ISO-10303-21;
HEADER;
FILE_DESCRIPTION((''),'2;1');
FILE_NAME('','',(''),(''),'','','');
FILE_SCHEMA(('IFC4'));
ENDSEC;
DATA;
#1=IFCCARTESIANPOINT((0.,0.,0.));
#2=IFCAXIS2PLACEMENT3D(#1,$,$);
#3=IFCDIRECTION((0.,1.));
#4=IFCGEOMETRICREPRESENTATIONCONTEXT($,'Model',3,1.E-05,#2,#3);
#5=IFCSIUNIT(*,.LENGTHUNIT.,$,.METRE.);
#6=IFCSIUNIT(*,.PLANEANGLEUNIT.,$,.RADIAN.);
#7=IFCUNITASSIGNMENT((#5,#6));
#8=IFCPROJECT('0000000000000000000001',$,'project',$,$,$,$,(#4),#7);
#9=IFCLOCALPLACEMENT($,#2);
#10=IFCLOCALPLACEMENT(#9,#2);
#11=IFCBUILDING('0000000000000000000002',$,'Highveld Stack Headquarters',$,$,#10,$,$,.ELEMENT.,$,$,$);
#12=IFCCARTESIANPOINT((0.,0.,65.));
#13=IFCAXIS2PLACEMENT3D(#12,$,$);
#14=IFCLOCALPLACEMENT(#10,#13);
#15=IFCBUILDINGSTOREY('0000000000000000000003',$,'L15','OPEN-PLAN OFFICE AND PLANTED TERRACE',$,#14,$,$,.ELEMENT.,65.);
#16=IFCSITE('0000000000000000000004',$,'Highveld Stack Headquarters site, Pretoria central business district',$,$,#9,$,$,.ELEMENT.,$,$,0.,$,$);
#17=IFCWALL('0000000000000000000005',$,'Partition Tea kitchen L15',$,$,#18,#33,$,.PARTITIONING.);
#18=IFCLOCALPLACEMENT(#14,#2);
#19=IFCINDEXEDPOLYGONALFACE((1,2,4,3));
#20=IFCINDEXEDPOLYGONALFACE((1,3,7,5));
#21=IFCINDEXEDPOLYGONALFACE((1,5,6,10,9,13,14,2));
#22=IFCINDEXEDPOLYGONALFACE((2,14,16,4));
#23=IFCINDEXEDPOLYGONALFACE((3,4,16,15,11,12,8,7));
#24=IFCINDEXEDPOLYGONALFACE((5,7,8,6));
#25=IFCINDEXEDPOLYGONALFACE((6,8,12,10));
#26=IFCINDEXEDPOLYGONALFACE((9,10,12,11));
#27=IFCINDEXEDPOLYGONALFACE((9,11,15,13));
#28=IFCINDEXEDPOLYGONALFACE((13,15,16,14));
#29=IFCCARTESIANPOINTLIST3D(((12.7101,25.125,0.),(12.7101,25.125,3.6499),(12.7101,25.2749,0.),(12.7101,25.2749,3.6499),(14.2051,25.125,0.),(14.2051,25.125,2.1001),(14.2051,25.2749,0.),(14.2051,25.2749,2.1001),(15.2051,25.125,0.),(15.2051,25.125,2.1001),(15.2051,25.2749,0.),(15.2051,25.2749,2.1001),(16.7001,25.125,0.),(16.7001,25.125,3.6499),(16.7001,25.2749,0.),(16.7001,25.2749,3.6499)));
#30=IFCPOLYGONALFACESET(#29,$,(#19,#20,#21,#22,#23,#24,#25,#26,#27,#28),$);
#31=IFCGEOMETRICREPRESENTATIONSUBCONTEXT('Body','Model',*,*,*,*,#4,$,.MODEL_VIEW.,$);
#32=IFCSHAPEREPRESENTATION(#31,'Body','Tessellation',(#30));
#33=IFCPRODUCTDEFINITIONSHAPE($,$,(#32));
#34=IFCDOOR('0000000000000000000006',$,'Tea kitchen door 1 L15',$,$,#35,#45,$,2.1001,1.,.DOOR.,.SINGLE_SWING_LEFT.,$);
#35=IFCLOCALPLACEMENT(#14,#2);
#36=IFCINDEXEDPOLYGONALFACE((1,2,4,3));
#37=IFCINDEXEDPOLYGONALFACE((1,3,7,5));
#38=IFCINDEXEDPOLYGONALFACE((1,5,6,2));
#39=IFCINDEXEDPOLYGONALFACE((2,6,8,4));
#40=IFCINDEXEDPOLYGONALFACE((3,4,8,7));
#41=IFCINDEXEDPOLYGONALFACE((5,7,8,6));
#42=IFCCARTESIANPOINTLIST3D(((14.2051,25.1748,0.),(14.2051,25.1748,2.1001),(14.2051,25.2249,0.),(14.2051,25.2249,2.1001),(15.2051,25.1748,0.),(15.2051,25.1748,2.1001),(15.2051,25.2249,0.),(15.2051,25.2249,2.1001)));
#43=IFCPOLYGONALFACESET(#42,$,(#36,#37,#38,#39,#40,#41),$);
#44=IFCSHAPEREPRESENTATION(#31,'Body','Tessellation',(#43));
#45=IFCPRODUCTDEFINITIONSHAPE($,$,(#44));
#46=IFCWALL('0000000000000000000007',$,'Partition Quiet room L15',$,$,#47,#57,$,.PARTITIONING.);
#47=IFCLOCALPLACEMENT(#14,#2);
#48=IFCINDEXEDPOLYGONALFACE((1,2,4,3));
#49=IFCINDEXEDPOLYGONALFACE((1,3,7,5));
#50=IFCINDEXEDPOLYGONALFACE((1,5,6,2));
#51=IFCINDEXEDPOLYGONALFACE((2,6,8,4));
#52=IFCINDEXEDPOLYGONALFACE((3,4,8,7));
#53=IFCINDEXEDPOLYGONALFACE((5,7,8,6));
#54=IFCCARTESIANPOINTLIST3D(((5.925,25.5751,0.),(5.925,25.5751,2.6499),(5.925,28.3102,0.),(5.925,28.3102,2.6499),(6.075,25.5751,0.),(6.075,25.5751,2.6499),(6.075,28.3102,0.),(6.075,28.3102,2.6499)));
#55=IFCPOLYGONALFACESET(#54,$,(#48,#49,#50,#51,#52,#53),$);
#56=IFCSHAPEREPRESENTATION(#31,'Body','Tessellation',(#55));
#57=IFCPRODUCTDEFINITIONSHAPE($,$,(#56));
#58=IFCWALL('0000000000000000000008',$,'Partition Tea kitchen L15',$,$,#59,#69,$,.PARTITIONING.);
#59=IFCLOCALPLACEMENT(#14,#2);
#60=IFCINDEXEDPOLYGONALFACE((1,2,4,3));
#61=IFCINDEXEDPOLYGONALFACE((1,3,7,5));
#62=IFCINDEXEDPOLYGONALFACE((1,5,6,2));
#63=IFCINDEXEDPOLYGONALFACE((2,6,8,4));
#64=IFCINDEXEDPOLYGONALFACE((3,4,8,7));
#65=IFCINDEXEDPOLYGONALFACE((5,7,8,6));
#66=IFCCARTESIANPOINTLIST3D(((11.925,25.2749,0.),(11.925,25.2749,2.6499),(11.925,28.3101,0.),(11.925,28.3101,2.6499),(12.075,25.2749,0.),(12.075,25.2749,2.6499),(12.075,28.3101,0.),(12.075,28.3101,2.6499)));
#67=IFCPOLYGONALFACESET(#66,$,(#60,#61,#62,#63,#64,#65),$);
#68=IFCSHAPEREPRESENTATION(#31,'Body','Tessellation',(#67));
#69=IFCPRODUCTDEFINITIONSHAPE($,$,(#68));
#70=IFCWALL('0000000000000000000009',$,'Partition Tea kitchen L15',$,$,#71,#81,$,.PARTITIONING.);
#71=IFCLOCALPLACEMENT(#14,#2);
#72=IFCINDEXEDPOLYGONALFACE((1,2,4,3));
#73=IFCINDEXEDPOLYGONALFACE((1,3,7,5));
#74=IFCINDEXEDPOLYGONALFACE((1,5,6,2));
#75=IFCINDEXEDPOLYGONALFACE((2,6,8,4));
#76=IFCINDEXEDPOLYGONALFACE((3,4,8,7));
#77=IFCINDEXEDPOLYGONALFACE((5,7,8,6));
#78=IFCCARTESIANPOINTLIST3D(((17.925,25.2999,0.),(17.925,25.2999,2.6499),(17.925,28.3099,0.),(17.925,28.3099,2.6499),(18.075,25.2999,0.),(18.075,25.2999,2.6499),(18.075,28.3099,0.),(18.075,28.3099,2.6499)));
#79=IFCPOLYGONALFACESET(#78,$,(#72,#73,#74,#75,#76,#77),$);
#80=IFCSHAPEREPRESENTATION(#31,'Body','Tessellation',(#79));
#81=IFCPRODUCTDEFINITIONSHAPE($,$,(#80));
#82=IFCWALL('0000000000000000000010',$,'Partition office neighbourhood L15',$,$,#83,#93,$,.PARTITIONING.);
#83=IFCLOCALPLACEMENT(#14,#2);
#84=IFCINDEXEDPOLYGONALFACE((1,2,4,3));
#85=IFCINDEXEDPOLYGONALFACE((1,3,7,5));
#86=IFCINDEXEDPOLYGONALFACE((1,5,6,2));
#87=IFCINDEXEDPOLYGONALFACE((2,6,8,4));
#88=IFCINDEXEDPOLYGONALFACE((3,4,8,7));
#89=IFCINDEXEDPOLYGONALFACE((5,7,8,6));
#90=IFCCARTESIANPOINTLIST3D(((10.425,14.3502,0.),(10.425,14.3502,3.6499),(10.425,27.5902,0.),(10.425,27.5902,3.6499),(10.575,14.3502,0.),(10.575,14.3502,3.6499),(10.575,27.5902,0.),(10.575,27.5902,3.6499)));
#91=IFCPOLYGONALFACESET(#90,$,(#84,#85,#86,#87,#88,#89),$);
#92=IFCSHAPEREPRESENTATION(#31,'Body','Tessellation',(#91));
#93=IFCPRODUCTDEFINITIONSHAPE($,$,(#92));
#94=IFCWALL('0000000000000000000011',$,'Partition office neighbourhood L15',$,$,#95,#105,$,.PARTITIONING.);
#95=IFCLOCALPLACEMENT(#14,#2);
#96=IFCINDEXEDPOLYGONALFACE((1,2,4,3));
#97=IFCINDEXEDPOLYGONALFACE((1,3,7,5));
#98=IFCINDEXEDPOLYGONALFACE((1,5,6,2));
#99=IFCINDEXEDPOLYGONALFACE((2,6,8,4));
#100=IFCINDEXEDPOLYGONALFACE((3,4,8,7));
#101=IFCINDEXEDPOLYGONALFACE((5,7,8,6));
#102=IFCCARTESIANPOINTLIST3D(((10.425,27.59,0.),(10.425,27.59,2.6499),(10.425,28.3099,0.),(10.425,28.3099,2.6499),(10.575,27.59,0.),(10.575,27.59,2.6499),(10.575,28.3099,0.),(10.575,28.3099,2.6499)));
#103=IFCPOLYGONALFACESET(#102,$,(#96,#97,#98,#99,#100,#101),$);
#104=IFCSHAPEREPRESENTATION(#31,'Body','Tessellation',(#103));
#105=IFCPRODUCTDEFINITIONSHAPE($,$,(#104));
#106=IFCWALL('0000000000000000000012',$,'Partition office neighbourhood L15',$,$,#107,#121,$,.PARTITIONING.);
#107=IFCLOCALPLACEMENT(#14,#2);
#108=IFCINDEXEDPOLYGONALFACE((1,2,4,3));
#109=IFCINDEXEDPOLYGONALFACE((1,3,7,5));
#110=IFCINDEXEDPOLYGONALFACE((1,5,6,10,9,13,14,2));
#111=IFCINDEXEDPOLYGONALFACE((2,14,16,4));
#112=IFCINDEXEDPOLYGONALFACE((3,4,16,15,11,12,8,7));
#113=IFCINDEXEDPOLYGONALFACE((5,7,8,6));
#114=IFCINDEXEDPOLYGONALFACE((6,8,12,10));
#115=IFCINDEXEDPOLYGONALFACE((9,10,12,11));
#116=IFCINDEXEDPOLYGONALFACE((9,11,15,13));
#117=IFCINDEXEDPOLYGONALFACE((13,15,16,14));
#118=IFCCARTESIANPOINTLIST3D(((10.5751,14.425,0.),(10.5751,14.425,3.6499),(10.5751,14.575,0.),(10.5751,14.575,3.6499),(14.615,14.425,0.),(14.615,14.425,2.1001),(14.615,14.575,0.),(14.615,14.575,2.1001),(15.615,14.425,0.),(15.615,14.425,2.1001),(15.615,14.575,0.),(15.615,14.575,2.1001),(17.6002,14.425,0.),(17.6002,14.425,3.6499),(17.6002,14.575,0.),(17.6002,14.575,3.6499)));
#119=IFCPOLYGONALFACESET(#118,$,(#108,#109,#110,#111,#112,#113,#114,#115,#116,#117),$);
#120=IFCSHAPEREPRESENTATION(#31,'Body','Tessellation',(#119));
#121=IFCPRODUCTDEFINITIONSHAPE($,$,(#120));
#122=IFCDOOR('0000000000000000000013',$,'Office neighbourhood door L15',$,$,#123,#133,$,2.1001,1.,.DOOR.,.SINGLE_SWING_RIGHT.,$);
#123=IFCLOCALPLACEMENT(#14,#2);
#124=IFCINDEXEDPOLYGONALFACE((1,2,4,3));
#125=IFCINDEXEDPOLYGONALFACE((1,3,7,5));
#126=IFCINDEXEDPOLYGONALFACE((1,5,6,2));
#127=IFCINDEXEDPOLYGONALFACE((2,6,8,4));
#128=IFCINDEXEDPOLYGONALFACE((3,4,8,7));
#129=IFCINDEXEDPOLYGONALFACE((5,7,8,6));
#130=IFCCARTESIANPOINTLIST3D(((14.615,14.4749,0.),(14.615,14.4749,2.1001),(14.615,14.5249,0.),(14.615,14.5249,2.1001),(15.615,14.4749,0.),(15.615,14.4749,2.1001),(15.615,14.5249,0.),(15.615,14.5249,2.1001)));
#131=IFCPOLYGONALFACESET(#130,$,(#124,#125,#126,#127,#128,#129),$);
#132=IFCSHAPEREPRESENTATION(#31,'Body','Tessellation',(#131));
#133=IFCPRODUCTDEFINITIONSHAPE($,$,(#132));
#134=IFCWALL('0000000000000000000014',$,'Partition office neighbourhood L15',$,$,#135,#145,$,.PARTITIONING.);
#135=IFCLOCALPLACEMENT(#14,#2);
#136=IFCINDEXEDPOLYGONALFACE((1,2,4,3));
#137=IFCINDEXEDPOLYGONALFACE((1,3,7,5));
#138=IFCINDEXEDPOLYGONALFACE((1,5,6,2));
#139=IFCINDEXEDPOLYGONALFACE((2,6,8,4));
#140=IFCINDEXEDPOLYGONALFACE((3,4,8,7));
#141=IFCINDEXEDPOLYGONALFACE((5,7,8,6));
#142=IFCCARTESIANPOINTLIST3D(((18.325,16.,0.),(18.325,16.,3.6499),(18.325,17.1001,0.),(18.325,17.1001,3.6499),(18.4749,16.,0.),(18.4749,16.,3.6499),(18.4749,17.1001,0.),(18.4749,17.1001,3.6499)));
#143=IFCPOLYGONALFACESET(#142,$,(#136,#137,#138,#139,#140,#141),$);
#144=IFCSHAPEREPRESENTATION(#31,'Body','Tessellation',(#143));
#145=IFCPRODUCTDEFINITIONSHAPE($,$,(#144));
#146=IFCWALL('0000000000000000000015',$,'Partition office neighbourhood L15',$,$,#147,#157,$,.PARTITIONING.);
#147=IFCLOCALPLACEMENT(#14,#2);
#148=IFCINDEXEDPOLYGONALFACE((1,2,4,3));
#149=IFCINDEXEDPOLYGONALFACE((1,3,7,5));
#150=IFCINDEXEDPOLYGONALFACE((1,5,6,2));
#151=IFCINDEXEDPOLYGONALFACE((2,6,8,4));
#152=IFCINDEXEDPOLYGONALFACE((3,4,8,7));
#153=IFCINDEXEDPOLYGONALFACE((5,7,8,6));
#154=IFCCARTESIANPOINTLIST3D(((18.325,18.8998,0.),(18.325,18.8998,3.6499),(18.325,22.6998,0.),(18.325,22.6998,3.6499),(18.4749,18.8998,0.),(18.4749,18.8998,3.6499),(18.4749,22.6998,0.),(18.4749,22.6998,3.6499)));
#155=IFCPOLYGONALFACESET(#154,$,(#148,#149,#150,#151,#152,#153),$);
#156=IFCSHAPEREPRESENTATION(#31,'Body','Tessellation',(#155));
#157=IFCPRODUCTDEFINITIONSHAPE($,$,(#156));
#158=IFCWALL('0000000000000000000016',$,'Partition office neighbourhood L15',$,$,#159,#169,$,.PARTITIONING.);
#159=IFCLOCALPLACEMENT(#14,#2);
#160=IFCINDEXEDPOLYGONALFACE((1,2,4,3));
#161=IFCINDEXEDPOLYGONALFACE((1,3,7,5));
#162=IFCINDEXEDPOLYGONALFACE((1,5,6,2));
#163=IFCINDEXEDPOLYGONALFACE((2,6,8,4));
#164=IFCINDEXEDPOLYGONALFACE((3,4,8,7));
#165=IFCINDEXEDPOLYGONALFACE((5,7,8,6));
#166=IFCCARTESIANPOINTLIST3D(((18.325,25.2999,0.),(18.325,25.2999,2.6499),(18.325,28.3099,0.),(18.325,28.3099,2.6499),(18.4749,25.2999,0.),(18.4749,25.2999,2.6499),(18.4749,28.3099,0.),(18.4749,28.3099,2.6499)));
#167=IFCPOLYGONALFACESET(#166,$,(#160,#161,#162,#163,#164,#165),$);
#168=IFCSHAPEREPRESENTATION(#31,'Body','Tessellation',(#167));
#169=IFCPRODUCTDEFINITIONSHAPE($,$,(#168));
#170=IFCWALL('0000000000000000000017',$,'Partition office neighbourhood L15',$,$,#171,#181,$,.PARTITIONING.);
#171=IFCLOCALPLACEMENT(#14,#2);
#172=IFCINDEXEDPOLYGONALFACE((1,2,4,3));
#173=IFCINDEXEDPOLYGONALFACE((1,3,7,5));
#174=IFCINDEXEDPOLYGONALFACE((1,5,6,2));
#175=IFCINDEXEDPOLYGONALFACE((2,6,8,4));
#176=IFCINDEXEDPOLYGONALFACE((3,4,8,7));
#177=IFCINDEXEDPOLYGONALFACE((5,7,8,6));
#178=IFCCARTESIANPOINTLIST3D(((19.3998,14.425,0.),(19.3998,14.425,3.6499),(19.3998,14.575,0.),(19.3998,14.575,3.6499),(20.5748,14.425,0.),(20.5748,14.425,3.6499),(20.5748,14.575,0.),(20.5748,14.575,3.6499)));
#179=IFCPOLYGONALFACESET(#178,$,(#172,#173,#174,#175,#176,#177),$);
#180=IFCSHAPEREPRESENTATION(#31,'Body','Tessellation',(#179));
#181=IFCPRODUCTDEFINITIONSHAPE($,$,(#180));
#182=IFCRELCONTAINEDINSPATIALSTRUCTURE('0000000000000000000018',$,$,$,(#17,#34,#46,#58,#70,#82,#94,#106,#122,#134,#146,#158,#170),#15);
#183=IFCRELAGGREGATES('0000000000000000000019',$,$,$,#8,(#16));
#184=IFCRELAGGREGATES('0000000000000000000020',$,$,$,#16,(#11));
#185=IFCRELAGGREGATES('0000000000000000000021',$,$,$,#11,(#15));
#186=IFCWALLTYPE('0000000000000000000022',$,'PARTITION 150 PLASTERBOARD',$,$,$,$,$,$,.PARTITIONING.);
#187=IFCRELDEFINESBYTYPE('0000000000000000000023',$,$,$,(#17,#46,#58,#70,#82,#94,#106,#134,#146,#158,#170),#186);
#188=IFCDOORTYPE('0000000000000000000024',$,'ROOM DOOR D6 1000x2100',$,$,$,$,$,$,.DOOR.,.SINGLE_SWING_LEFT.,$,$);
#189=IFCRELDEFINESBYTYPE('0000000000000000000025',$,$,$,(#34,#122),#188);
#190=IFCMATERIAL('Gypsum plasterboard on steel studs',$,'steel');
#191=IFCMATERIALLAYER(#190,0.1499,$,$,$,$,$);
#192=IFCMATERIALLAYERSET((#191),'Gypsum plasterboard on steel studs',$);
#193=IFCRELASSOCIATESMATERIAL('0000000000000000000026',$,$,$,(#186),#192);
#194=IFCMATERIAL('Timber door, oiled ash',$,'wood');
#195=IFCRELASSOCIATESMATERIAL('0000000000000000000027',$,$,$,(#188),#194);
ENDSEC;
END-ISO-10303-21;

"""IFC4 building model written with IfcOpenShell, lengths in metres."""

from ifc_helpers import new_model, si_unit, direction, frame, frame_2d, origin, place, context, subcontext, project, spatial, rectangle, extrude, material, layer, layer_set, type_object, element, fill, save


model = new_model("IFC4")

# Units and contexts
model_context = context("Model", 3, precision=1e-05, world=origin(), true_north=direction((0.0, 1.0)))
body_context = subcontext(model_context, "Body", "Model", "MODEL_VIEW")
ifc_project = project(units=[si_unit("LENGTHUNIT", "METRE"), si_unit("PLANEANGLEUNIT", "RADIAN")], contexts=[model_context])

# Site, building, storey
site_placement = place(None, origin())
site = spatial("IfcSite", under=ifc_project, at=site_placement, Name="Highveld Stack Headquarters site, Pretoria central business district", CompositionType="ELEMENT", RefElevation=0.0)
building_placement = place(site_placement, origin())
building = spatial("IfcBuilding", under=site, at=building_placement, Name="Highveld Stack Headquarters", CompositionType="ELEMENT")
storey_placement = place(building_placement, frame((0.0, 0.0, 65.0)))
storey = spatial("IfcBuildingStorey", under=building, at=storey_placement, Name="L15", Description="OPEN-PLAN OFFICE AND PLANTED TERRACE", CompositionType="ELEMENT", Elevation=65.0)

# Shared definitions
ifc_material_1 = material(Name="Gypsum plasterboard on steel studs", Category="steel")
ifc_layer_1 = layer(ifc_material_1, 0.1499)
ifc_layer_set_1 = layer_set([ifc_layer_1], Name="Gypsum plasterboard on steel studs")
wall_type_1 = type_object("IfcWallType", Name="PARTITION 150 PLASTERBOARD", PredefinedType="PARTITIONING", material=ifc_layer_set_1)

# Wall, opening, door
wall_1_placement = place(storey_placement, frame((12.71, 25.2, 0.0), z_axis=(0.0, 0.0, 1.0), x_axis=(1.0, 0.0, 0.0)))
wall_1 = element("IfcWall", 1, at=wall_1_placement, inside=storey, type_object=wall_type_1, Name="Partition Tea kitchen L15", PredefinedType="PARTITIONING", context=body_context, shape_type="SweptSolid", body=[
    extrude(rectangle(XDim=3.99, YDim=0.1499, at=frame_2d((1.9951, 0.0))), origin(), (0.0, 0.0, 1.0), 3.6499),
])
opening_1_placement = place(wall_1_placement, frame((1.4951, 0.0, 0.0)))
opening_1 = element("IfcOpeningElement", 2, at=opening_1_placement, cuts=wall_1, PredefinedType="OPENING", context=body_context, shape_type="SweptSolid", body=[
    extrude(rectangle(XDim=1.0, YDim=2.1001, at=frame_2d((0.5, 1.05))), frame((0.0, 0.085, 0.0), z_axis=(0.0, -1.0, 0.0), x_axis=(1.0, 0.0, 0.0)), (0.0, 0.0, 1.0), 0.1699),
])
ifc_material_2 = material(Name="Timber door, oiled ash", Category="wood")
door_type = type_object("IfcDoorType", Name="ROOM DOOR D6 1000x2100", OperationType="SINGLE_SWING_LEFT", PredefinedType="DOOR", material=ifc_material_2)
door_1_placement = place(opening_1_placement, origin())
door_1 = element("IfcDoor", 3, at=door_1_placement, inside=storey, type_object=door_type, Name="Tea kitchen door 1 L15", OperationType="SINGLE_SWING_LEFT", OverallHeight=2.1001, OverallWidth=1.0, PredefinedType="DOOR", context=body_context, shape_type="SweptSolid", body=[
    extrude(rectangle(XDim=1.0, YDim=2.1001, at=frame_2d((0.5, 1.05))), frame((0.0, 0.0249, 0.0), z_axis=(0.0, -1.0, 0.0), x_axis=(1.0, 0.0, 0.0)), (0.0, 0.0, 1.0), 0.05),
])
fill(opening_1, door_1)

# Walls
wall_2_placement = place(storey_placement, frame((6.0, 25.575, 0.0), z_axis=(0.0, 0.0, 1.0), x_axis=(0.0, 1.0, 0.0)))
element("IfcWall", 4, at=wall_2_placement, inside=storey, type_object=wall_type_1, Name="Partition Quiet room L15", PredefinedType="PARTITIONING", context=body_context, shape_type="SweptSolid", body=[
    extrude(rectangle(XDim=2.7351, YDim=0.1499, at=frame_2d((1.3677, 0.0))), origin(), (0.0, 0.0, 1.0), 2.6499),
])
wall_3_placement = place(storey_placement, frame((12.0, 25.2749, 0.0), z_axis=(0.0, 0.0, 1.0), x_axis=(0.0, 1.0, 0.0)))
element("IfcWall", 5, at=wall_3_placement, inside=storey, type_object=wall_type_1, Name="Partition Tea kitchen L15", PredefinedType="PARTITIONING", context=body_context, shape_type="SweptSolid", body=[
    extrude(rectangle(XDim=3.0352, YDim=0.1499, at=frame_2d((1.5176, 0.0))), origin(), (0.0, 0.0, 1.0), 2.6499),
])
wall_4_placement = place(storey_placement, frame((18.0, 25.3, 0.0), z_axis=(0.0, 0.0, 1.0), x_axis=(0.0, 1.0, 0.0)))
element("IfcWall", 6, at=wall_4_placement, inside=storey, type_object=wall_type_1, Name="Partition Tea kitchen L15", PredefinedType="PARTITIONING", context=body_context, shape_type="SweptSolid", body=[
    extrude(rectangle(XDim=3.01, YDim=0.1499, at=frame_2d((1.5049, 0.0))), origin(), (0.0, 0.0, 1.0), 2.6499),
])
wall_5_placement = place(storey_placement, frame((10.5, 14.3501, 0.0), z_axis=(0.0, 0.0, 1.0), x_axis=(0.0, 1.0, 0.0)))
element("IfcWall", 7, at=wall_5_placement, inside=storey, type_object=wall_type_1, Name="Partition office neighbourhood L15", PredefinedType="PARTITIONING", context=body_context, shape_type="SweptSolid", body=[
    extrude(rectangle(XDim=13.24, YDim=0.1499, at=frame_2d((6.6201, 0.0))), origin(), (0.0, 0.0, 1.0), 3.6499),
])
wall_6_placement = place(storey_placement, frame((10.5, 27.5901, 0.0), z_axis=(0.0, 0.0, 1.0), x_axis=(0.0, 1.0, 0.0)))
element("IfcWall", 8, at=wall_6_placement, inside=storey, type_object=wall_type_1, Name="Partition office neighbourhood L15", PredefinedType="PARTITIONING", context=body_context, shape_type="SweptSolid", body=[
    extrude(rectangle(XDim=0.72, YDim=0.1499, at=frame_2d((0.3599, 0.0))), origin(), (0.0, 0.0, 1.0), 2.6499),
])

# Wall, opening, door
wall_7_placement = place(storey_placement, frame((10.575, 14.5, 0.0), z_axis=(0.0, 0.0, 1.0), x_axis=(1.0, 0.0, 0.0)))
wall_7 = element("IfcWall", 9, at=wall_7_placement, inside=storey, type_object=wall_type_1, Name="Partition office neighbourhood L15", PredefinedType="PARTITIONING", context=body_context, shape_type="SweptSolid", body=[
    extrude(rectangle(XDim=7.0251, YDim=0.1499, at=frame_2d((3.5127, 0.0))), origin(), (0.0, 0.0, 1.0), 3.6499),
])
opening_2_placement = place(wall_7_placement, frame((4.04, 0.0, 0.0)))
opening_2 = element("IfcOpeningElement", 10, at=opening_2_placement, cuts=wall_7, PredefinedType="OPENING", context=body_context, shape_type="SweptSolid", body=[
    extrude(rectangle(XDim=1.0, YDim=2.1001, at=frame_2d((0.5, 1.05))), frame((0.0, 0.085, 0.0), z_axis=(0.0, -1.0, 0.0), x_axis=(1.0, 0.0, 0.0)), (0.0, 0.0, 1.0), 0.1699),
])
door_2_placement = place(opening_2_placement, origin())
door_2 = element("IfcDoor", 11, at=door_2_placement, inside=storey, type_object=door_type, Name="Office neighbourhood door L15", OperationType="SINGLE_SWING_RIGHT", OverallHeight=2.1001, OverallWidth=1.0, PredefinedType="DOOR", context=body_context, shape_type="SweptSolid", body=[
    extrude(rectangle(XDim=1.0, YDim=2.1001, at=frame_2d((0.5, 1.05))), frame((0.0, 0.0249, 0.0), z_axis=(0.0, -1.0, 0.0), x_axis=(1.0, 0.0, 0.0)), (0.0, 0.0, 1.0), 0.05),
])
fill(opening_2, door_2)

# Walls
wall_8_placement = place(storey_placement, frame((18.3999, 16.0, 0.0), z_axis=(0.0, 0.0, 1.0), x_axis=(0.0, 1.0, 0.0)))
element("IfcWall", 12, at=wall_8_placement, inside=storey, type_object=wall_type_1, Name="Partition office neighbourhood L15", PredefinedType="PARTITIONING", context=body_context, shape_type="SweptSolid", body=[
    extrude(rectangle(XDim=1.1001, YDim=0.1499, at=frame_2d((0.55, 0.0))), origin(), (0.0, 0.0, 1.0), 3.6499),
])
wall_9_placement = place(storey_placement, frame((18.3999, 18.8999, 0.0), z_axis=(0.0, 0.0, 1.0), x_axis=(0.0, 1.0, 0.0)))
element("IfcWall", 13, at=wall_9_placement, inside=storey, type_object=wall_type_1, Name="Partition office neighbourhood L15", PredefinedType="PARTITIONING", context=body_context, shape_type="SweptSolid", body=[
    extrude(rectangle(XDim=3.8, YDim=0.1499, at=frame_2d((1.8999, 0.0))), origin(), (0.0, 0.0, 1.0), 3.6499),
])
wall_10_placement = place(storey_placement, frame((18.3999, 25.3, 0.0), z_axis=(0.0, 0.0, 1.0), x_axis=(0.0, 1.0, 0.0)))
element("IfcWall", 14, at=wall_10_placement, inside=storey, type_object=wall_type_1, Name="Partition office neighbourhood L15", PredefinedType="PARTITIONING", context=body_context, shape_type="SweptSolid", body=[
    extrude(rectangle(XDim=3.01, YDim=0.1499, at=frame_2d((1.5049, 0.0))), origin(), (0.0, 0.0, 1.0), 2.6499),
])
wall_11_placement = place(storey_placement, frame((19.3999, 14.5, 0.0), z_axis=(0.0, 0.0, 1.0), x_axis=(1.0, 0.0, 0.0)))
element("IfcWall", 15, at=wall_11_placement, inside=storey, type_object=wall_type_1, Name="Partition office neighbourhood L15", PredefinedType="PARTITIONING", context=body_context, shape_type="SweptSolid", body=[
    extrude(rectangle(XDim=1.175, YDim=0.1499, at=frame_2d((0.5874, 0.0))), origin(), (0.0, 0.0, 1.0), 3.6499),
])

save(model, "model.ifc")
